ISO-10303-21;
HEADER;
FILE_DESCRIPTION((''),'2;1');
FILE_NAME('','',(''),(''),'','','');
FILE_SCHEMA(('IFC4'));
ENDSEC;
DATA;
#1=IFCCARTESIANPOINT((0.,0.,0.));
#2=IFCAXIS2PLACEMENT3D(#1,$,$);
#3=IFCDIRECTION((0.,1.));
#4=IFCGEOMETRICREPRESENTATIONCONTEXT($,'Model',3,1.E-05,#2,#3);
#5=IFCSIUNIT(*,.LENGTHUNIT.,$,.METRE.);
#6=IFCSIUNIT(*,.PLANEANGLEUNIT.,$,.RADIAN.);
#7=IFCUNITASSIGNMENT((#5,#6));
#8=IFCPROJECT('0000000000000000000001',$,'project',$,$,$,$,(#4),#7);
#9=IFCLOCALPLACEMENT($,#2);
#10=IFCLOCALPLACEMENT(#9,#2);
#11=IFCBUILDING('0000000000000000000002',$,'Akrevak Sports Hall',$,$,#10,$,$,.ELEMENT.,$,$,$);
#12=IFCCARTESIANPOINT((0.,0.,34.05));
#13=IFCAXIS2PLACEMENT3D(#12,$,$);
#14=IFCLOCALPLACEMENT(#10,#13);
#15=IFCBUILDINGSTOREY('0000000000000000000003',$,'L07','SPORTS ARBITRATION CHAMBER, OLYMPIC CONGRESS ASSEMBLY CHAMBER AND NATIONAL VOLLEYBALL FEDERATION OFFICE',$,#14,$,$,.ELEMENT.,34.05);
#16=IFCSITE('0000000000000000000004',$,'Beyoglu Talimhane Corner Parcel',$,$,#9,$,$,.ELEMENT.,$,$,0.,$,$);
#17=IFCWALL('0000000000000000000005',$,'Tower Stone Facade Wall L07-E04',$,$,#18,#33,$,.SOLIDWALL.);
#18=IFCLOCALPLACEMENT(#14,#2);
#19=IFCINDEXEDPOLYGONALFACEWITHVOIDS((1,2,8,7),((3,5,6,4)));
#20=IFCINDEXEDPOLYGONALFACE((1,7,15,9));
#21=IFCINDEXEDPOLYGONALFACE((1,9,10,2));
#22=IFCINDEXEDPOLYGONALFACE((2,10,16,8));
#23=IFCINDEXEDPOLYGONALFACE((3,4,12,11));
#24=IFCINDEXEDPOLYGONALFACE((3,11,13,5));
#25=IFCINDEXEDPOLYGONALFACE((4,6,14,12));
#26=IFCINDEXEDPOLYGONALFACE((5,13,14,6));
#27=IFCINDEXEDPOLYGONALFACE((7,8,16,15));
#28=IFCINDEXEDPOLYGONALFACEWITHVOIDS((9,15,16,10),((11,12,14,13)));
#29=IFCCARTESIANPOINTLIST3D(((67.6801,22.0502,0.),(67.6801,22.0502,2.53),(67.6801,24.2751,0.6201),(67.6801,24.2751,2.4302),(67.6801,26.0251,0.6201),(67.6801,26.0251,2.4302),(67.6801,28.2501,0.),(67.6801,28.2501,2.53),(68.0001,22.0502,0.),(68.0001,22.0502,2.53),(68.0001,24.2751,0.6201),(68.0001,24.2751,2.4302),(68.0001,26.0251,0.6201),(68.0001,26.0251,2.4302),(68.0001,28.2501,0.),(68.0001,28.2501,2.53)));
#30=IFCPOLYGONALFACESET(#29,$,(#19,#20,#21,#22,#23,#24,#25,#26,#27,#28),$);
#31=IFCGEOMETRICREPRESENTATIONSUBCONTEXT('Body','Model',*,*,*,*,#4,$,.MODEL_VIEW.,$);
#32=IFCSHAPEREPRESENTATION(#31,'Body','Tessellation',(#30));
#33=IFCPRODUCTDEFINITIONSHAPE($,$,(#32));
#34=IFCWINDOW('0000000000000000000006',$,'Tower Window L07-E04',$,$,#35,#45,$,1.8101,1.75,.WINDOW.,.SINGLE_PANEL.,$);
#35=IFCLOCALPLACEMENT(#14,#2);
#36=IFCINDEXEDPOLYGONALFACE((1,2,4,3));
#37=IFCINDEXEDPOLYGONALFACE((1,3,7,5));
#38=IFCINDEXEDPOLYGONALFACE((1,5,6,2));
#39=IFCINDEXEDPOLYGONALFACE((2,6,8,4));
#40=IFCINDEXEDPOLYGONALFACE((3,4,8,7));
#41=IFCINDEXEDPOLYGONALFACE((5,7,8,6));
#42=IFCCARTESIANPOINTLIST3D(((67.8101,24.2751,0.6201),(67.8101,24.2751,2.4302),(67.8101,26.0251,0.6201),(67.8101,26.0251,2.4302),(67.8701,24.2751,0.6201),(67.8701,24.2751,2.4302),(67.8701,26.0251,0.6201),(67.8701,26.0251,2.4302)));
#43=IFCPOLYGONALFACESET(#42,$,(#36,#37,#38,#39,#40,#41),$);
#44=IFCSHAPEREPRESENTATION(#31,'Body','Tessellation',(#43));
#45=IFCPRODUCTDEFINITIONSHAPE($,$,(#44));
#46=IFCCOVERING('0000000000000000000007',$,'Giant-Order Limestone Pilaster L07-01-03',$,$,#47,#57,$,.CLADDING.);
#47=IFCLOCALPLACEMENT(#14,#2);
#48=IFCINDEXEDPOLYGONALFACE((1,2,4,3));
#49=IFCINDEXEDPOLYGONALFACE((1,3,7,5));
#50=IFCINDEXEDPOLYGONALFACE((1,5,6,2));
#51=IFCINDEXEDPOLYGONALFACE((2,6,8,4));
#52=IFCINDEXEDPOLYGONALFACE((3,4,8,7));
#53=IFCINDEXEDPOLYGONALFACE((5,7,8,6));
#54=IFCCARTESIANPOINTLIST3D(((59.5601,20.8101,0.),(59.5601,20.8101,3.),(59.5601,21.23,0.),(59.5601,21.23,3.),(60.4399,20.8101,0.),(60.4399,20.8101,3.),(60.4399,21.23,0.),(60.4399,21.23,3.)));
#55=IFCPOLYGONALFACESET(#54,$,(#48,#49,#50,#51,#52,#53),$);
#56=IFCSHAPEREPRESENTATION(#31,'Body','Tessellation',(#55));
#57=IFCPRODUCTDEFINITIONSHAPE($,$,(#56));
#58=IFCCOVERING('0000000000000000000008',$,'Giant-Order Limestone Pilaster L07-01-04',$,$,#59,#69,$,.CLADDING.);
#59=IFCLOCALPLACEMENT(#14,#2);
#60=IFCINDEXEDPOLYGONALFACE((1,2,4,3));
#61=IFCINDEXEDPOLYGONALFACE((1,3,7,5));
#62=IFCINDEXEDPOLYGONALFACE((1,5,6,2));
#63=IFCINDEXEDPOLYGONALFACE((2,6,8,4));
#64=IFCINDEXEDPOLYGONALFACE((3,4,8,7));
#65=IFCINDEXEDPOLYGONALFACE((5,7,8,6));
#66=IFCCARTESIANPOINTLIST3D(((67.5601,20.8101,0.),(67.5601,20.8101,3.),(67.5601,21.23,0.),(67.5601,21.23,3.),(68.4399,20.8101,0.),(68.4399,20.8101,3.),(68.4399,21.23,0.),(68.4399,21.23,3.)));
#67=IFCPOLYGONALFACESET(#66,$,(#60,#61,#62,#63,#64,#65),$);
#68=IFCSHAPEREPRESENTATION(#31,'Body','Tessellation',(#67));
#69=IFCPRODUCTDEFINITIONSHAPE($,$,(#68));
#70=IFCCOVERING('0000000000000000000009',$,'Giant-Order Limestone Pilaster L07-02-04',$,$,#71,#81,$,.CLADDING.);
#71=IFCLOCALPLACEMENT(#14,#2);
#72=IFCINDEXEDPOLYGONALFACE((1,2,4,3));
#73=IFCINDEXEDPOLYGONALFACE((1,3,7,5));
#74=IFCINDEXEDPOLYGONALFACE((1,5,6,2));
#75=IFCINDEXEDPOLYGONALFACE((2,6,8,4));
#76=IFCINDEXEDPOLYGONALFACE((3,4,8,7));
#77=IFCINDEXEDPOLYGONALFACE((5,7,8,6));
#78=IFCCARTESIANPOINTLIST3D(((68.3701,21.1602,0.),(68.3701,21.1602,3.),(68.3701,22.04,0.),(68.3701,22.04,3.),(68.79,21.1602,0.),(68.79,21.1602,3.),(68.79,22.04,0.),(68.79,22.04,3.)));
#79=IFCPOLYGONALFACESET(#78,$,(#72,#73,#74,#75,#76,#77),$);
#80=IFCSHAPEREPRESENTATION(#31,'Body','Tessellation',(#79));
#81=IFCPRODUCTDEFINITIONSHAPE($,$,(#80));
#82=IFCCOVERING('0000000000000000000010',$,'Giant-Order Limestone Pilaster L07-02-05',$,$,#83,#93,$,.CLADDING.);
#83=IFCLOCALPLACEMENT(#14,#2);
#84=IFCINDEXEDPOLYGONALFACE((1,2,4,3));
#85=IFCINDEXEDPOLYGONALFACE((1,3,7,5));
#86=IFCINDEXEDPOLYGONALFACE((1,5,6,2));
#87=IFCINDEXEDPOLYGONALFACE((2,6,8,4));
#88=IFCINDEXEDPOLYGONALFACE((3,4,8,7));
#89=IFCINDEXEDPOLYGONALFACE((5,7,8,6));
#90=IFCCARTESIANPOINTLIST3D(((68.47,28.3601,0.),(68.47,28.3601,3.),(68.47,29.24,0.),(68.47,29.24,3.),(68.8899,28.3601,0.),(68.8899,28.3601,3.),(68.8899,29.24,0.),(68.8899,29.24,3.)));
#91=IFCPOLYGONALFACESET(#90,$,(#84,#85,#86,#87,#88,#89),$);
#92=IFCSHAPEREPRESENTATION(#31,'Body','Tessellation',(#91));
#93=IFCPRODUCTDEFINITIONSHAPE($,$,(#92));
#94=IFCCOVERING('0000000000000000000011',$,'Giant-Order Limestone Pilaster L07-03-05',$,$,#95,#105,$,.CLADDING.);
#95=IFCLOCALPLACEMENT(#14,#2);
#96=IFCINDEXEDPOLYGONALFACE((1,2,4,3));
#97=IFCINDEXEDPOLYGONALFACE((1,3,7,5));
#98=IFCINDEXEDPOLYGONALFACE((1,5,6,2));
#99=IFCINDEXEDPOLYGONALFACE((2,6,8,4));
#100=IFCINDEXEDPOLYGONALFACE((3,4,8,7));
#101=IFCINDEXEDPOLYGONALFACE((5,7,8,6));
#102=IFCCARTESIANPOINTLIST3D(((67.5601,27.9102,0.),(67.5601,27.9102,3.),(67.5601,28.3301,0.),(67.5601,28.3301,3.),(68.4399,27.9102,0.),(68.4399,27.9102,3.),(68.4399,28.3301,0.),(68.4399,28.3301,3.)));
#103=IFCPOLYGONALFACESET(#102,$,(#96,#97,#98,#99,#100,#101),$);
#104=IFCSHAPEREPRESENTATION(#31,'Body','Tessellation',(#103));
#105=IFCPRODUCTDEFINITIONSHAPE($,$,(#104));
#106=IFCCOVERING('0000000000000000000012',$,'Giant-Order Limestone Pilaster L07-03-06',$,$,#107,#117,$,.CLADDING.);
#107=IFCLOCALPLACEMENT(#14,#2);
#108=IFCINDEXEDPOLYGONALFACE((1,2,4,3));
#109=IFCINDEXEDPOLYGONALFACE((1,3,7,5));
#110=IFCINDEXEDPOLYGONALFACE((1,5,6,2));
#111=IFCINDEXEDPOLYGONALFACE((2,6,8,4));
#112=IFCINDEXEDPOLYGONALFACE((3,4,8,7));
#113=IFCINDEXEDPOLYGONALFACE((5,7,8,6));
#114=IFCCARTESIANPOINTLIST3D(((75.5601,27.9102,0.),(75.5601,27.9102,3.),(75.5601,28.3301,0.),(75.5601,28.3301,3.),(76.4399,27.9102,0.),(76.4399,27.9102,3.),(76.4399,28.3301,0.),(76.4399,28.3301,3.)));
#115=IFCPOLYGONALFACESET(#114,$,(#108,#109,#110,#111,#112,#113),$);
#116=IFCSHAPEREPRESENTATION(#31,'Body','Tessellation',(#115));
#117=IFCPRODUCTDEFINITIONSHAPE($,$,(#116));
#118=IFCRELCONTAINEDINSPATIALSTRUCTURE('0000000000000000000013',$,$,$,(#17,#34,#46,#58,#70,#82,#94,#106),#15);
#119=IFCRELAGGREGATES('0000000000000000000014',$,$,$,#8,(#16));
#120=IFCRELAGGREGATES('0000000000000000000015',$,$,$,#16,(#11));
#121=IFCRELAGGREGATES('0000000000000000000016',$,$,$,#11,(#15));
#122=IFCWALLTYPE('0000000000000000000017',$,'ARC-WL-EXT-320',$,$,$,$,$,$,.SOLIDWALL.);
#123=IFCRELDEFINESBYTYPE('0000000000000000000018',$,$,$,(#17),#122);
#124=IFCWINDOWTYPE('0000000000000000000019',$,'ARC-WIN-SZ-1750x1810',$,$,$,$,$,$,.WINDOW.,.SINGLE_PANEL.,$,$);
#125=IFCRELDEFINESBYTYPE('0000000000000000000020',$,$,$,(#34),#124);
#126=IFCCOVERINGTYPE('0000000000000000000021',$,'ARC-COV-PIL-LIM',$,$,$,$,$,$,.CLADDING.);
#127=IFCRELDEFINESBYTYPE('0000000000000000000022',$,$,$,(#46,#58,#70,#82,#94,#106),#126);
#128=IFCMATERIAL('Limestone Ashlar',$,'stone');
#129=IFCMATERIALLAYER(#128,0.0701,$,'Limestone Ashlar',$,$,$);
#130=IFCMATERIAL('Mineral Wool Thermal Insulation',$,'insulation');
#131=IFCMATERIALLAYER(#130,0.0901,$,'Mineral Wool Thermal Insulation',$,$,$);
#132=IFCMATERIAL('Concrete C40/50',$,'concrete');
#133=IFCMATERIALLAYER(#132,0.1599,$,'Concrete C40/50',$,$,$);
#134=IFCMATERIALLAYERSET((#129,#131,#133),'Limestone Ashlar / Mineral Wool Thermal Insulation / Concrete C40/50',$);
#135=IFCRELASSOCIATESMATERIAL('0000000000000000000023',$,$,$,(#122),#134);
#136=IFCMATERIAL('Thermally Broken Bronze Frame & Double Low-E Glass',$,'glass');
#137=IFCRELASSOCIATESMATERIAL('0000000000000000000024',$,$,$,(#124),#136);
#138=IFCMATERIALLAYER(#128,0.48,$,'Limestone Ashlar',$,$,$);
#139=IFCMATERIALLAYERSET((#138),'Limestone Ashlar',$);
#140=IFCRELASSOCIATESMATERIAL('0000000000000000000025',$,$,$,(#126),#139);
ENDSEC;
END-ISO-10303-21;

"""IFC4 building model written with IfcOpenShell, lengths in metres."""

from ifc_helpers import new_model, si_unit, direction, frame, frame_2d, origin, origin_2d, place, context, subcontext, project, spatial, rectangle, extrude, material, layer, layer_set, type_object, element, fill, save


model = new_model("IFC4")

# Units and contexts
model_context = context("Model", 3, precision=1e-05, world=origin(), true_north=direction((0.0, 1.0)))
body_context = subcontext(model_context, "Body", "Model", "MODEL_VIEW")
ifc_project = project(units=[si_unit("LENGTHUNIT", "METRE"), si_unit("PLANEANGLEUNIT", "RADIAN")], contexts=[model_context])

# Site, building, storey
site_placement = place(None, origin())
site = spatial("IfcSite", under=ifc_project, at=site_placement, Name="Beyoglu Talimhane Corner Parcel", CompositionType="ELEMENT", RefElevation=0.0)
building_placement = place(site_placement, origin())
building = spatial("IfcBuilding", under=site, at=building_placement, Name="Akrevak Sports Hall", CompositionType="ELEMENT")
storey_placement = place(building_placement, frame((0.0, 0.0, 34.05)))
storey = spatial("IfcBuildingStorey", under=building, at=storey_placement, Name="L07", Description="SPORTS ARBITRATION CHAMBER, OLYMPIC CONGRESS ASSEMBLY CHAMBER AND NATIONAL VOLLEYBALL FEDERATION OFFICE", CompositionType="ELEMENT", Elevation=34.05)

# Shared definitions
ifc_material_1 = material(Name="Concrete C40/50", Category="concrete")

# Wall, opening, window
ifc_material_2 = material(Name="Limestone Ashlar", Category="stone")
ifc_layer_1 = layer(ifc_material_2, 0.0701, Name="Limestone Ashlar")
ifc_material_3 = material(Name="Mineral Wool Thermal Insulation", Category="insulation")
ifc_layer_2 = layer(ifc_material_3, 0.0901, Name="Mineral Wool Thermal Insulation")
ifc_layer_3 = layer(ifc_material_1, 0.1599, Name="Concrete C40/50")
ifc_layer_set_1 = layer_set([ifc_layer_1, ifc_layer_2, ifc_layer_3], Name="Limestone Ashlar / Mineral Wool Thermal Insulation / Concrete C40/50")
wall_type = type_object("IfcWallType", Name="ARC-WL-EXT-320", PredefinedType="SOLIDWALL", material=ifc_layer_set_1)
wall_placement = place(storey_placement, frame((67.8401, 22.05, 0.0), z_axis=(0.0, 0.0, 1.0), x_axis=(0.0, 1.0, 0.0)))
wall = element("IfcWall", 1, at=wall_placement, inside=storey, type_object=wall_type, Name="Tower Stone Facade Wall L07-E04", PredefinedType="SOLIDWALL", context=body_context, shape_type="SweptSolid", body=[
    extrude(rectangle(XDim=6.2, YDim=0.3201, at=frame_2d((3.1001, 0.0))), origin(), (0.0, 0.0, 1.0), 2.53),
])
opening_placement = place(wall_placement, frame((2.2251, 0.0, 0.6201)))
opening = element("IfcOpeningElement", 2, at=opening_placement, cuts=wall, PredefinedType="OPENING", context=body_context, shape_type="SweptSolid", body=[
    extrude(rectangle(XDim=1.75, YDim=1.8101, at=frame_2d((0.875, 0.905))), frame((0.0, 0.1719, 0.0), z_axis=(0.0, -1.0, 0.0), x_axis=(1.0, 0.0, 0.0)), (0.0, 0.0, 1.0), 0.344),
])
ifc_material_4 = material(Name="Thermally Broken Bronze Frame & Double Low-E Glass", Category="glass")
window_type = type_object("IfcWindowType", Name="ARC-WIN-SZ-1750x1810", PartitioningType="SINGLE_PANEL", PredefinedType="WINDOW", material=ifc_material_4)
window_placement = place(opening_placement, origin())
window = element("IfcWindow", 3, at=window_placement, inside=storey, type_object=window_type, Name="Tower Window L07-E04", OverallHeight=1.8101, OverallWidth=1.75, PartitioningType="SINGLE_PANEL", PredefinedType="WINDOW", context=body_context, shape_type="SweptSolid", body=[
    extrude(rectangle(XDim=1.75, YDim=1.8101, at=frame_2d((0.875, 0.905))), frame((0.0, 0.03, 0.0), z_axis=(0.0, -1.0, 0.0), x_axis=(1.0, 0.0, 0.0)), (0.0, 0.0, 1.0), 0.0601),
])
fill(opening, window)

# Coverings
ifc_layer_4 = layer(ifc_material_2, 0.48, Name="Limestone Ashlar")
ifc_layer_set_2 = layer_set([ifc_layer_4], Name="Limestone Ashlar")
covering_type = type_object("IfcCoveringType", Name="ARC-COV-PIL-LIM", PredefinedType="CLADDING", material=ifc_layer_set_2)
for number, where, z_axis, x_axis, name in (
    (4, (60.0, 21.02, 0.0), (0.0, 0.0, 1.0), (1.0, 0.0, 0.0), "Giant-Order Limestone Pilaster L07-01-03"),
    (5, (68.0, 21.02, 0.0), (0.0, 0.0, 1.0), (1.0, 0.0, 0.0), "Giant-Order Limestone Pilaster L07-01-04"),
    (6, (68.5801, 21.6001, 0.0), (0.0, 0.0, 1.0), (0.0, 1.0, 0.0), "Giant-Order Limestone Pilaster L07-02-04"),
    (7, (68.6799, 28.8, 0.0), (0.0, 0.0, 1.0), (0.0, 1.0, 0.0), "Giant-Order Limestone Pilaster L07-02-05"),
    (8, (68.0, 28.1201, 0.0), (0.0, 0.0, 1.0), (1.0, 0.0, 0.0), "Giant-Order Limestone Pilaster L07-03-05"),
    (9, (76.0, 28.1201, 0.0), (0.0, 0.0, 1.0), (1.0, 0.0, 0.0), "Giant-Order Limestone Pilaster L07-03-06"),
):
    element("IfcCovering", number, at=place(storey_placement, frame(where, z_axis=z_axis, x_axis=x_axis)), inside=storey, type_object=covering_type, Name=name, PredefinedType="CLADDING", context=body_context, shape_type="SweptSolid", body=[
        extrude(rectangle(XDim=0.8799, YDim=0.4199, at=origin_2d()), origin(), (0.0, 0.0, 1.0), 3.0),
    ])

save(model, "model.ifc")
